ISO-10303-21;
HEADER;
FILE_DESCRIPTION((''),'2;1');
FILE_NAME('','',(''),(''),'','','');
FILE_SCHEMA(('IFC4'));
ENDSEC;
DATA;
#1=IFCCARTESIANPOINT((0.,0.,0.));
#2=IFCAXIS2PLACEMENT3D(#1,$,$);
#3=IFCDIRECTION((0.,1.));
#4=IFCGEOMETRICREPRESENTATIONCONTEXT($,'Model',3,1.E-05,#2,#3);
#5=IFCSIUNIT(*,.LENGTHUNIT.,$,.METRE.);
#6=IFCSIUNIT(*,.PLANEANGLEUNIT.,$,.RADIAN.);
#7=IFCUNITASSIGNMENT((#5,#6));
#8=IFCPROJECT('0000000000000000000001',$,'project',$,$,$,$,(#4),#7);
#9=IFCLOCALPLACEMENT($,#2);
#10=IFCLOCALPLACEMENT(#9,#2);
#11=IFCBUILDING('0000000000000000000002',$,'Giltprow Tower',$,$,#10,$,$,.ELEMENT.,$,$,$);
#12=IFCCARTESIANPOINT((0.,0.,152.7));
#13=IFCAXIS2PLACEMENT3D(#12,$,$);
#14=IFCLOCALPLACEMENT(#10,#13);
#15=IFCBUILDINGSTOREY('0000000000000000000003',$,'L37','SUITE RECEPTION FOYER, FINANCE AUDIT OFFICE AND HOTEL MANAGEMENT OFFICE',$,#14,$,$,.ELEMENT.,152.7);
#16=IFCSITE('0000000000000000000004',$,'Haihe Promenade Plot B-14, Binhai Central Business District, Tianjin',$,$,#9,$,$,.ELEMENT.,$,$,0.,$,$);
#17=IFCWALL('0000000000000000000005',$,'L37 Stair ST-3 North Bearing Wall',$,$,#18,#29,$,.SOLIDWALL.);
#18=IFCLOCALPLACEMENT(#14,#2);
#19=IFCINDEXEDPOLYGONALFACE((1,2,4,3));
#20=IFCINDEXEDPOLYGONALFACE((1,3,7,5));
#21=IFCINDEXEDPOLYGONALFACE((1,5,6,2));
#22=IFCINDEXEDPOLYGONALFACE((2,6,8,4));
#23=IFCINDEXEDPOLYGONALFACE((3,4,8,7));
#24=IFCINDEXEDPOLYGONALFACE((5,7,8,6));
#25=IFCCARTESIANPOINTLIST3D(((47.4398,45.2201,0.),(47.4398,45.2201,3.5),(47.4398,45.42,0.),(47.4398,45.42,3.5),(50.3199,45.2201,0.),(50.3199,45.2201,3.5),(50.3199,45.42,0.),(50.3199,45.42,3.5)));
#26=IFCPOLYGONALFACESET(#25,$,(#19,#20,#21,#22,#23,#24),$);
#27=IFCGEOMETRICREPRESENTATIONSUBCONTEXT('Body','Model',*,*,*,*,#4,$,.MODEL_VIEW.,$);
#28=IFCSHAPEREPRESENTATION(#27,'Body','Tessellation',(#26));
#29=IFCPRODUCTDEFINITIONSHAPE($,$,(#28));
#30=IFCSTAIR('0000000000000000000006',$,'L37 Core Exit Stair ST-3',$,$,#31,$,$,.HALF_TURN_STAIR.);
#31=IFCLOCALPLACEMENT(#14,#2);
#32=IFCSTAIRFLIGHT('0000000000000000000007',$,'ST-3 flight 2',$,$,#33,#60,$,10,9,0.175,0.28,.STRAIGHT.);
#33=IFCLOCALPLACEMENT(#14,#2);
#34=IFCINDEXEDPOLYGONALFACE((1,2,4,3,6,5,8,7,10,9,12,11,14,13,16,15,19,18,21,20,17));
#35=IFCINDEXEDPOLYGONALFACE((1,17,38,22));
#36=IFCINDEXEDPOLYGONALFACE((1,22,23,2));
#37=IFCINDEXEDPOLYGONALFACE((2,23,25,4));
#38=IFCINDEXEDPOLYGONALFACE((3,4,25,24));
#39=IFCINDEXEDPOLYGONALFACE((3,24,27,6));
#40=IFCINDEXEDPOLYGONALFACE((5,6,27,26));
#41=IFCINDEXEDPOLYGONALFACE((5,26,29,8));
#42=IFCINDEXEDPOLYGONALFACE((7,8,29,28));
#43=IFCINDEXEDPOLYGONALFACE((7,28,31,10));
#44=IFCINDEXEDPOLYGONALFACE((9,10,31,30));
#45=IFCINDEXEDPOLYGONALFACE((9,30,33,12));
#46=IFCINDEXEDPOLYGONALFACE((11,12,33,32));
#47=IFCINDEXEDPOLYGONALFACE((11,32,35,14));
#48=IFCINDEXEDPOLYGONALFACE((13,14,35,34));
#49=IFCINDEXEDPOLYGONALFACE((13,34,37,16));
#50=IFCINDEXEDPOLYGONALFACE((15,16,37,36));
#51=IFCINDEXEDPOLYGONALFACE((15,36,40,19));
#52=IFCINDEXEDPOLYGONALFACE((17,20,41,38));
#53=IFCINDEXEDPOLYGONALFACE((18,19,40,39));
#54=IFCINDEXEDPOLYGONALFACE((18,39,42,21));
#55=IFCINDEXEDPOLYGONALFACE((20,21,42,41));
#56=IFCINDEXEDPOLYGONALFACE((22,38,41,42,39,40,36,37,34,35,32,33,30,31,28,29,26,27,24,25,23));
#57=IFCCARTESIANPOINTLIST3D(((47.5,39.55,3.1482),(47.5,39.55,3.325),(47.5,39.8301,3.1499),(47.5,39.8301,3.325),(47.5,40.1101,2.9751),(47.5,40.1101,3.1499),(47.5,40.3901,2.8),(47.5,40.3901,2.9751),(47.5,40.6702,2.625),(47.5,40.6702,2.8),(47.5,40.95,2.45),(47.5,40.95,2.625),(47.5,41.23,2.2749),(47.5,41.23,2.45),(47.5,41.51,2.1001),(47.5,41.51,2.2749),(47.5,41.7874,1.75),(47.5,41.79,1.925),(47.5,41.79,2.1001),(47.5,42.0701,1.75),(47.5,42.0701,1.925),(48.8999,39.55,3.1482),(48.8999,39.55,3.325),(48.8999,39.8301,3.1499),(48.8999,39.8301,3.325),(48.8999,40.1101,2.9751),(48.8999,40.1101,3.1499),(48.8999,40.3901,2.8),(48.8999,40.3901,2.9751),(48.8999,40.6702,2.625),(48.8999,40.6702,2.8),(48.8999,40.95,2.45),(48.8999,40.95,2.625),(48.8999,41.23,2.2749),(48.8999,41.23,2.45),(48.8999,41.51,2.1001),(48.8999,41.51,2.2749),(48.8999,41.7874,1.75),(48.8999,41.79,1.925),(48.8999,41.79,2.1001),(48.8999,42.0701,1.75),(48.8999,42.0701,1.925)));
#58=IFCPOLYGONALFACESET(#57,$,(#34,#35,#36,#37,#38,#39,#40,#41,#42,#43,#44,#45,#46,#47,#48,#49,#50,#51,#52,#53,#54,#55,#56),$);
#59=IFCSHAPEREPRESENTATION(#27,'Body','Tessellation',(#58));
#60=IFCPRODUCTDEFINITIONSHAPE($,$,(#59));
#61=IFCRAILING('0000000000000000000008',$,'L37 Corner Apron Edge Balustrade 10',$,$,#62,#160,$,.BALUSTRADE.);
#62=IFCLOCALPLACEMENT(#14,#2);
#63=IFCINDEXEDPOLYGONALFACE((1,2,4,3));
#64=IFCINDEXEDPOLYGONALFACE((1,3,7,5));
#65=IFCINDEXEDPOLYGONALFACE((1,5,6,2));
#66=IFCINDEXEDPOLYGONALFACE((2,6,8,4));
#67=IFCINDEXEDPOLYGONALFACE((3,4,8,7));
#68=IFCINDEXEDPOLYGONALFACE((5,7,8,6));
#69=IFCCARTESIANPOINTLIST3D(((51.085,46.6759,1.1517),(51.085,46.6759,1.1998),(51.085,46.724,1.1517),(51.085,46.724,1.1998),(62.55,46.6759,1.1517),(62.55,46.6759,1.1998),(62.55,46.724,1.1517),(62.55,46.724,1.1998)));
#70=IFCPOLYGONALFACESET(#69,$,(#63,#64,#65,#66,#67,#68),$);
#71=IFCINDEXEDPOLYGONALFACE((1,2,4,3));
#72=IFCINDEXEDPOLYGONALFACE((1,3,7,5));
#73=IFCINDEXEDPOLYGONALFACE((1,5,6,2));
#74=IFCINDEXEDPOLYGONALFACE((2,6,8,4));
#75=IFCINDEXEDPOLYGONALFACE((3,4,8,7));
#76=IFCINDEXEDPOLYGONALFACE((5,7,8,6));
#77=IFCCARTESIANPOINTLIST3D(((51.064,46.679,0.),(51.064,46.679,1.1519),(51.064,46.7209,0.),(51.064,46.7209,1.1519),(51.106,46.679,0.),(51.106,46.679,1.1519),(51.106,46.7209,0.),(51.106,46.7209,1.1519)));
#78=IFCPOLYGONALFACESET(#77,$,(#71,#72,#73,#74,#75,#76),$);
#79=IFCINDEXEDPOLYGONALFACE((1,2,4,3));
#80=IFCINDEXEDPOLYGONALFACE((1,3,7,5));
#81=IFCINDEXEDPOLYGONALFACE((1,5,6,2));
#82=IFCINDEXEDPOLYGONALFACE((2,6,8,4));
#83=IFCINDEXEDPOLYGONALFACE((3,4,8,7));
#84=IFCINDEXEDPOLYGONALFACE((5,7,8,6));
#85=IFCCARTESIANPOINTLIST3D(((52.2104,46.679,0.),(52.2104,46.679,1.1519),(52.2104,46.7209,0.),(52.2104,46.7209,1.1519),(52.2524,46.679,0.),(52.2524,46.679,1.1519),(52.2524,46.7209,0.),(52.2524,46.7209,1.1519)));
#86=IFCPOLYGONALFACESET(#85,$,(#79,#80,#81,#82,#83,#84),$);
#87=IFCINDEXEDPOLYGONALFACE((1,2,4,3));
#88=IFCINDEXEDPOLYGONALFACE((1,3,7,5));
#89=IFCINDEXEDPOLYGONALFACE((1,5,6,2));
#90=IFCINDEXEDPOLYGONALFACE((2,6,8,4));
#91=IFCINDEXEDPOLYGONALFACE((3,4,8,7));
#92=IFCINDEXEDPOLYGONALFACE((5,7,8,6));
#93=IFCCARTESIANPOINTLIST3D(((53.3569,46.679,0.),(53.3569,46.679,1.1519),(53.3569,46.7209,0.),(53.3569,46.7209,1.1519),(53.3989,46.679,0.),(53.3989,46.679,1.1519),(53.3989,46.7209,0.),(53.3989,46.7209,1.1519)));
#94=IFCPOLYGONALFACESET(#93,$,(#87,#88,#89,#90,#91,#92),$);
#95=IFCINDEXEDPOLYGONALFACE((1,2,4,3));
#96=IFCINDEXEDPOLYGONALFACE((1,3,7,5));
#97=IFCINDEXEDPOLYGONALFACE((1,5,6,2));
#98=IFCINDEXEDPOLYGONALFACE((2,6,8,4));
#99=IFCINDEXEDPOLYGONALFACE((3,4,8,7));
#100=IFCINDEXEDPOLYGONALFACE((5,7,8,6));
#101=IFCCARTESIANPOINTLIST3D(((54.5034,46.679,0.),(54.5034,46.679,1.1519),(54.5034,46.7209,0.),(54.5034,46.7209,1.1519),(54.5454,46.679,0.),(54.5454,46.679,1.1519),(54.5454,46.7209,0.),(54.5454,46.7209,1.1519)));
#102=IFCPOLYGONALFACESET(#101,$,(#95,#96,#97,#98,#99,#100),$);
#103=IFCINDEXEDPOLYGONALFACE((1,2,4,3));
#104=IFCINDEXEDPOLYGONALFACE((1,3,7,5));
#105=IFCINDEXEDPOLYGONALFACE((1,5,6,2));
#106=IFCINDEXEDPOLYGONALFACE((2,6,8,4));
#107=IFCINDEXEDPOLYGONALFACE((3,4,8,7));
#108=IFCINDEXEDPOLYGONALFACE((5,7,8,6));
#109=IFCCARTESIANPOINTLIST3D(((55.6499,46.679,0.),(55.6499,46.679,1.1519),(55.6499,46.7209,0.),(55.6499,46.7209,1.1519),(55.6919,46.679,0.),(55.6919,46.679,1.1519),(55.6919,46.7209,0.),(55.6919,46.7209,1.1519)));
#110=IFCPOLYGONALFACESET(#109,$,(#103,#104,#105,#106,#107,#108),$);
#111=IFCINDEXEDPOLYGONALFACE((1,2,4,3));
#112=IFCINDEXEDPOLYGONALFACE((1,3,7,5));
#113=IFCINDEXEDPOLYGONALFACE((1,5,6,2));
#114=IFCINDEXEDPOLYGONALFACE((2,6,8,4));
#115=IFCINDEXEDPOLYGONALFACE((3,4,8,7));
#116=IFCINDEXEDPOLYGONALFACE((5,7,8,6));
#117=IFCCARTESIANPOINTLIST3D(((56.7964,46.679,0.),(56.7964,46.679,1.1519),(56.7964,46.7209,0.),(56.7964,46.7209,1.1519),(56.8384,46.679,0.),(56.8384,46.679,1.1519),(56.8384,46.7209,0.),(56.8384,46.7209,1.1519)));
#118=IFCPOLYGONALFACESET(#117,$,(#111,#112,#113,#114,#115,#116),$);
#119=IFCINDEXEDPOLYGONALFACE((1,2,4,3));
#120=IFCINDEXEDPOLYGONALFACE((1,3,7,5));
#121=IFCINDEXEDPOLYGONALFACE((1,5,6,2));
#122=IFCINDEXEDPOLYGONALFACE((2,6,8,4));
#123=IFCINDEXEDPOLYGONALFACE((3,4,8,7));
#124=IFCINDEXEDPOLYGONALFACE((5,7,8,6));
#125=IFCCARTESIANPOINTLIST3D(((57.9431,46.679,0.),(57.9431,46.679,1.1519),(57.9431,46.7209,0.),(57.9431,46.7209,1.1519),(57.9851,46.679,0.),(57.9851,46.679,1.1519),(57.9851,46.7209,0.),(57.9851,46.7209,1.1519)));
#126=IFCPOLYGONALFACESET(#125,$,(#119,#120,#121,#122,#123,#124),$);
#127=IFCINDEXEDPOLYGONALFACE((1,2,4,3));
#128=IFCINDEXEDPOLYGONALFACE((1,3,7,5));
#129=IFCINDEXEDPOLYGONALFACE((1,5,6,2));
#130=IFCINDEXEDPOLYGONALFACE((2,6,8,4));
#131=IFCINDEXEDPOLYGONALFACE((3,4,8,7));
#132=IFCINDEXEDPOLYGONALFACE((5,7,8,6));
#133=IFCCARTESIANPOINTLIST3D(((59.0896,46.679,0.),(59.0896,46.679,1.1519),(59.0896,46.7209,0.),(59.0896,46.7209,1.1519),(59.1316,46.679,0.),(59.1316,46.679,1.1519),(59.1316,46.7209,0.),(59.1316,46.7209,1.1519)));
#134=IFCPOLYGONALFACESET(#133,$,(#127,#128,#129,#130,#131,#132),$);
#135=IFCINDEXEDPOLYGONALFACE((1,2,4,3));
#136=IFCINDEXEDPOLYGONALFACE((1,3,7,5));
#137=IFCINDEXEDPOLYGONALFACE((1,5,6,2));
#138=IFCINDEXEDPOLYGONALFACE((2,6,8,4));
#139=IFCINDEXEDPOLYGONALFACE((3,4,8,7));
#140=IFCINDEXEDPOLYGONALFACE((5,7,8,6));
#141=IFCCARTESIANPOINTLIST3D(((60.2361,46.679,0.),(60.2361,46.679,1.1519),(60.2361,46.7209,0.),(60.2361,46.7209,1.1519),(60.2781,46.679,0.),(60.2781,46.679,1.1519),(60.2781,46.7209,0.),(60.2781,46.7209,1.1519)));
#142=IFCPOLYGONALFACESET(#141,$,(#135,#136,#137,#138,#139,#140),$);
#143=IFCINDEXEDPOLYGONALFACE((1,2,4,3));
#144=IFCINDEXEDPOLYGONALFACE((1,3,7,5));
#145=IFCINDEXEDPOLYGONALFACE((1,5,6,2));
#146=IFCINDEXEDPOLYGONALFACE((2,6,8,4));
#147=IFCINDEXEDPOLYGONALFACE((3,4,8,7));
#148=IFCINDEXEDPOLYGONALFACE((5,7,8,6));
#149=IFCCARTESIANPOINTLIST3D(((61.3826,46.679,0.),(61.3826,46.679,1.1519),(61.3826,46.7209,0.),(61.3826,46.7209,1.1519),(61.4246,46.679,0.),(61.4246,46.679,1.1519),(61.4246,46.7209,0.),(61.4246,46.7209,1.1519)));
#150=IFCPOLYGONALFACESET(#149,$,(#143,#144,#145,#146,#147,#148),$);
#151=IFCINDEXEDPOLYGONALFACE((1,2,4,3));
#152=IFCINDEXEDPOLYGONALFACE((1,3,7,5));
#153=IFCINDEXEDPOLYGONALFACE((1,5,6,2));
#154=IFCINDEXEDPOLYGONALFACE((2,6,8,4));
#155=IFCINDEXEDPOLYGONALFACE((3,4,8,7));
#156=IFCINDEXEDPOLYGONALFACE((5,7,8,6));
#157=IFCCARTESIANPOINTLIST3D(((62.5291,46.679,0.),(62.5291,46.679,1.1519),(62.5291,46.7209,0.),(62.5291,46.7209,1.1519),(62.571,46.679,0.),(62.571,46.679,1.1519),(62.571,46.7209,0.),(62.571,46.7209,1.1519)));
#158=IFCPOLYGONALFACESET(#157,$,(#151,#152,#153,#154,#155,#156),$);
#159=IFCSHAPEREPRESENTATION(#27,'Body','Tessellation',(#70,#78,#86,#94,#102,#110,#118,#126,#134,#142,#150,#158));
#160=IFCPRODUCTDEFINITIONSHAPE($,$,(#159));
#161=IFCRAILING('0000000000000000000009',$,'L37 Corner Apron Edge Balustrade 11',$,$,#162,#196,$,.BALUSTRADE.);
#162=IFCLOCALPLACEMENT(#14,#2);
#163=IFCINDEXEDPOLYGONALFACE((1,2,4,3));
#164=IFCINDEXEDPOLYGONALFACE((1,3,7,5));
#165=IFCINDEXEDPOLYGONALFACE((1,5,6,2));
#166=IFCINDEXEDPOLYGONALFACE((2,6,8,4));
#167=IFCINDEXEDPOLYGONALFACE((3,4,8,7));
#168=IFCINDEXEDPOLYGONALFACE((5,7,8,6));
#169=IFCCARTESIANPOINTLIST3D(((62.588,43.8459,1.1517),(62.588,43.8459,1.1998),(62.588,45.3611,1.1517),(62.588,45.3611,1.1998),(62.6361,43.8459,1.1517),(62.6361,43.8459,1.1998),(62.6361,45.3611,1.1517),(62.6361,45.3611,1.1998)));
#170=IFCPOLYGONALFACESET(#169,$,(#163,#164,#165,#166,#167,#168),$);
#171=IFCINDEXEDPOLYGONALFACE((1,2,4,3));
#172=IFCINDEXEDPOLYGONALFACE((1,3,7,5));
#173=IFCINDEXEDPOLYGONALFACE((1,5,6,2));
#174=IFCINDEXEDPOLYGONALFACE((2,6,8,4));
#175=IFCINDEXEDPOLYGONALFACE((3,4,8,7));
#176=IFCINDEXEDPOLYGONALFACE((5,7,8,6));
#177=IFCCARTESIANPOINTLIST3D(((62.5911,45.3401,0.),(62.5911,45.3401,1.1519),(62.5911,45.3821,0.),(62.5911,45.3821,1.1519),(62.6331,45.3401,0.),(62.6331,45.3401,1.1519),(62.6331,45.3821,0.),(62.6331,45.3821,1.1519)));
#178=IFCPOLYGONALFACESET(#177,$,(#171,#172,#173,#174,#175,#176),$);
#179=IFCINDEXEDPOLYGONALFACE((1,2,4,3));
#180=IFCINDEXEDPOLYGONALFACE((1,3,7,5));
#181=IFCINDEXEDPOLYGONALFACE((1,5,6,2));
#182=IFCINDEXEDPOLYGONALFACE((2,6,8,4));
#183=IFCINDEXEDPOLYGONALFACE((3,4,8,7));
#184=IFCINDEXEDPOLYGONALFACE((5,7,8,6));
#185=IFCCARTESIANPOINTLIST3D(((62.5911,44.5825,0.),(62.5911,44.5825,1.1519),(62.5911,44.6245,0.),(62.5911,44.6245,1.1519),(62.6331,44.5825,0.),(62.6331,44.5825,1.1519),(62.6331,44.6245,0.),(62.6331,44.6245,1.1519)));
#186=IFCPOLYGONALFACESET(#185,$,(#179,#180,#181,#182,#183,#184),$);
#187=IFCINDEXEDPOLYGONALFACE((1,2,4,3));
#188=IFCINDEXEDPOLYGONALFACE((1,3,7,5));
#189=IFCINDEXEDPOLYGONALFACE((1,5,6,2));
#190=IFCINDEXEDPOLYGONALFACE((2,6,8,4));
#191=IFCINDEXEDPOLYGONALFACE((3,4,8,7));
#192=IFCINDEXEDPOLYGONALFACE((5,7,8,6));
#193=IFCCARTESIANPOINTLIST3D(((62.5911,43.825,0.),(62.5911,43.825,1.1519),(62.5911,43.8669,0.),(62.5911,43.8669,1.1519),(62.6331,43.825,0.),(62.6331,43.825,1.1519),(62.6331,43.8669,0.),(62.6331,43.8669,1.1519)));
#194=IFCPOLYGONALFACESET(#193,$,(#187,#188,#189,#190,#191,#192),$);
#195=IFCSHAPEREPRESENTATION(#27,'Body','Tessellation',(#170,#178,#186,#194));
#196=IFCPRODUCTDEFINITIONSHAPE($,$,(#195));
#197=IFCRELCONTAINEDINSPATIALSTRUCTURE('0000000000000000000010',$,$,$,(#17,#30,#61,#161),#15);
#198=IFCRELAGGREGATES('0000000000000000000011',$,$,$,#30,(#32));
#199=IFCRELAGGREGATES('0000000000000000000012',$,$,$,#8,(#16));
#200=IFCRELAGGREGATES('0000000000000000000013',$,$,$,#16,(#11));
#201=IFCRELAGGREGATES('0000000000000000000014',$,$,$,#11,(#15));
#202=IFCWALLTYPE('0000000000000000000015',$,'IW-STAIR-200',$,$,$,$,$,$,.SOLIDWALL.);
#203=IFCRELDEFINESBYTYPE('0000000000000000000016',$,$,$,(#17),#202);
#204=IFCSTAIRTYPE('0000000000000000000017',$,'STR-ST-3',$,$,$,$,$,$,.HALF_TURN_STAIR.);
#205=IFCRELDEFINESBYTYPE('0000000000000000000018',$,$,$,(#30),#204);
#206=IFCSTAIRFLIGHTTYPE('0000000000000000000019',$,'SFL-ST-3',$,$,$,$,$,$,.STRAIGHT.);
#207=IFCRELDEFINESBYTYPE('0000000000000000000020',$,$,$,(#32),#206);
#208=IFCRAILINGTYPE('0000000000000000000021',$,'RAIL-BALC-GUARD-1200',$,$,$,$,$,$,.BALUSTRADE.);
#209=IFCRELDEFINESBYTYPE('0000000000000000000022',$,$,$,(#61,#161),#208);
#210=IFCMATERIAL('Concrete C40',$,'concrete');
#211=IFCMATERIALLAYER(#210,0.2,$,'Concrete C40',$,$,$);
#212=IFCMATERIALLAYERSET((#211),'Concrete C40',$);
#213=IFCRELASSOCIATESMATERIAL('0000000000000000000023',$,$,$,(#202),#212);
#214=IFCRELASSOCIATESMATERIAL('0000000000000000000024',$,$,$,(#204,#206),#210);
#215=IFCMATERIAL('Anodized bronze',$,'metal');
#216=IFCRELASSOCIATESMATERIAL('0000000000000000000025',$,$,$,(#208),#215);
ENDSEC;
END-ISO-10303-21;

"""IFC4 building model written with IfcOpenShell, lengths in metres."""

from ifc_helpers import new_model, si_unit, direction, frame, frame_2d, origin, origin_2d, place, context, subcontext, project, spatial, polyline, rectangle, outline, extrude, material, layer, layer_set, type_object, element, aggregate, save


model = new_model("IFC4")

# Units and contexts
model_context = context("Model", 3, precision=1e-05, world=origin(), true_north=direction((0.0, 1.0)))
body_context = subcontext(model_context, "Body", "Model", "MODEL_VIEW")
ifc_project = project(units=[si_unit("LENGTHUNIT", "METRE"), si_unit("PLANEANGLEUNIT", "RADIAN")], contexts=[model_context])

# Site, building, storey
site_placement = place(None, origin())
site = spatial("IfcSite", under=ifc_project, at=site_placement, Name="Haihe Promenade Plot B-14, Binhai Central Business District, Tianjin", CompositionType="ELEMENT", RefElevation=0.0)
building_placement = place(site_placement, origin())
building = spatial("IfcBuilding", under=site, at=building_placement, Name="Giltprow Tower", CompositionType="ELEMENT")
storey_placement = place(building_placement, frame((0.0, 0.0, 152.7)))
storey = spatial("IfcBuildingStorey", under=building, at=storey_placement, Name="L37", Description="SUITE RECEPTION FOYER, FINANCE AUDIT OFFICE AND HOTEL MANAGEMENT OFFICE", CompositionType="ELEMENT", Elevation=152.7)

# Wall
ifc_material_1 = material(Name="Concrete C40", Category="concrete")
ifc_layer_1 = layer(ifc_material_1, 0.2, Name="Concrete C40")
ifc_layer_set_1 = layer_set([ifc_layer_1], Name="Concrete C40")
wall_type_1 = type_object("IfcWallType", Name="IW-STAIR-200", PredefinedType="SOLIDWALL", material=ifc_layer_set_1)
wall_1_placement = place(storey_placement, frame((47.4399, 45.3201, 0.0), z_axis=(0.0, 0.0, 1.0), x_axis=(1.0, 0.0, 0.0)))
element("IfcWall", 1, at=wall_1_placement, inside=storey, type_object=wall_type_1, Name="L37 Stair ST-3 North Bearing Wall", PredefinedType="SOLIDWALL", context=body_context, shape_type="SweptSolid", body=[
    extrude(rectangle(XDim=2.8801, YDim=0.2, at=frame_2d((1.4399, 0.0))), origin(), (0.0, 0.0, 1.0), 3.5),
])

# Stair, stair flight
stair_type = type_object("IfcStairType", Name="STR-ST-3", PredefinedType="HALF_TURN_STAIR", material=ifc_material_1)
stair_placement = place(storey_placement, origin())
stair = element("IfcStair", 2, at=stair_placement, inside=storey, type_object=stair_type, Name="L37 Core Exit Stair ST-3", PredefinedType="HALF_TURN_STAIR")
stair_flight_type = type_object("IfcStairFlightType", Name="SFL-ST-3", PredefinedType="STRAIGHT", material=ifc_material_1)
stair_flight_placement = place(storey_placement, frame((48.2, 42.0701, 1.75), z_axis=(0.0, 0.0, 1.0), x_axis=(0.0, -1.0, 0.0)))
stair_flight = element("IfcStairFlight", 3, at=stair_flight_placement, type_object=stair_flight_type, Name="ST-3 flight 2", NumberOfRisers=10, NumberOfTreads=9, PredefinedType="STRAIGHT", RiserHeight=0.175, TreadLength=0.28, context=body_context, shape_type="SweptSolid", body=[
    extrude(outline(polyline([(0.0, 0.0), (0.0, 0.175), (0.28, 0.175), (0.28, 0.3501), (0.5601, 0.3501), (0.5601, 0.5249), (0.8401, 0.5249), (0.8401, 0.7), (1.1201, 0.7), (1.1201, 0.875), (1.3999, 0.875), (1.3999, 1.05), (1.6799, 1.05), (1.6799, 1.2251), (1.96, 1.2251), (1.96, 1.3999), (2.24, 1.3999), (2.24, 1.575), (2.52, 1.575), (2.52, 1.75), (2.52, 1.3982), (0.2827, 0.0), (0.0, 0.0)])), frame((0.0, 0.7, 0.0), z_axis=(0.0, -1.0, 0.0), x_axis=(1.0, 0.0, 0.0)), (0.0, 0.0, 1.0), 1.3999),
])
aggregate(stair, [stair_flight])

# Railings
ifc_material_2 = material(Name="Anodized bronze", Category="metal")
railing_type_1 = type_object("IfcRailingType", Name="RAIL-BALC-GUARD-1200", PredefinedType="BALUSTRADE", material=ifc_material_2)
railing_1_placement = place(storey_placement, frame((51.085, 46.7, 0.0)))
element("IfcRailing", 4, at=railing_1_placement, inside=storey, type_object=railing_type_1, Name="L37 Corner Apron Edge Balustrade 10", PredefinedType="BALUSTRADE", context=body_context, shape_type="SweptSolid", body=[
    extrude(rectangle(XDim=0.0481, YDim=0.0481, at=origin_2d()), frame((0.0, 0.0, 1.1758), z_axis=(1.0, 0.0, 0.0), x_axis=(0.0, 1.0, 0.0)), (0.0, 0.0, 1.0), 11.4651),
    extrude(rectangle(XDim=0.042, YDim=0.042, at=origin_2d()), origin(), (0.0, 0.0, 1.0), 1.1519),
    extrude(rectangle(XDim=0.042, YDim=0.042, at=origin_2d()), frame((1.1465, 0.0, 0.0)), (0.0, 0.0, 1.0), 1.1519),
    extrude(rectangle(XDim=0.042, YDim=0.042, at=origin_2d()), frame((2.293, 0.0, 0.0)), (0.0, 0.0, 1.0), 1.1519),
    extrude(rectangle(XDim=0.042, YDim=0.042, at=origin_2d()), frame((3.4395, 0.0, 0.0)), (0.0, 0.0, 1.0), 1.1519),
    extrude(rectangle(XDim=0.042, YDim=0.042, at=origin_2d()), frame((4.5859, 0.0, 0.0)), (0.0, 0.0, 1.0), 1.1519),
    extrude(rectangle(XDim=0.042, YDim=0.042, at=origin_2d()), frame((5.7324, 0.0, 0.0)), (0.0, 0.0, 1.0), 1.1519),
    extrude(rectangle(XDim=0.042, YDim=0.042, at=origin_2d()), frame((6.8792, 0.0, 0.0)), (0.0, 0.0, 1.0), 1.1519),
    extrude(rectangle(XDim=0.042, YDim=0.042, at=origin_2d()), frame((8.0256, 0.0, 0.0)), (0.0, 0.0, 1.0), 1.1519),
    extrude(rectangle(XDim=0.042, YDim=0.042, at=origin_2d()), frame((9.1721, 0.0, 0.0)), (0.0, 0.0, 1.0), 1.1519),
    extrude(rectangle(XDim=0.042, YDim=0.042, at=origin_2d()), frame((10.3186, 0.0, 0.0)), (0.0, 0.0, 1.0), 1.1519),
    extrude(rectangle(XDim=0.042, YDim=0.042, at=origin_2d()), frame((11.4651, 0.0, 0.0)), (0.0, 0.0, 1.0), 1.1519),
])
railing_2_placement = place(storey_placement, frame((62.6121, 45.3611, 0.0)))
element("IfcRailing", 5, at=railing_2_placement, inside=storey, type_object=railing_type_1, Name="L37 Corner Apron Edge Balustrade 11", PredefinedType="BALUSTRADE", context=body_context, shape_type="SweptSolid", body=[
    extrude(rectangle(XDim=0.0481, YDim=0.0481, at=origin_2d()), frame((0.0, 0.0, 1.1758), z_axis=(0.0, -1.0, 0.0), x_axis=(1.0, 0.0, 0.0)), (0.0, 0.0, 1.0), 1.5151),
    extrude(rectangle(XDim=0.042, YDim=0.042, at=origin_2d()), origin(), (0.0, 0.0, 1.0), 1.1519),
    extrude(rectangle(XDim=0.042, YDim=0.042, at=origin_2d()), frame((0.0, -0.7576, 0.0)), (0.0, 0.0, 1.0), 1.1519),
    extrude(rectangle(XDim=0.042, YDim=0.042, at=origin_2d()), frame((0.0, -1.5151, 0.0)), (0.0, 0.0, 1.0), 1.1519),
])

save(model, "model.ifc")
